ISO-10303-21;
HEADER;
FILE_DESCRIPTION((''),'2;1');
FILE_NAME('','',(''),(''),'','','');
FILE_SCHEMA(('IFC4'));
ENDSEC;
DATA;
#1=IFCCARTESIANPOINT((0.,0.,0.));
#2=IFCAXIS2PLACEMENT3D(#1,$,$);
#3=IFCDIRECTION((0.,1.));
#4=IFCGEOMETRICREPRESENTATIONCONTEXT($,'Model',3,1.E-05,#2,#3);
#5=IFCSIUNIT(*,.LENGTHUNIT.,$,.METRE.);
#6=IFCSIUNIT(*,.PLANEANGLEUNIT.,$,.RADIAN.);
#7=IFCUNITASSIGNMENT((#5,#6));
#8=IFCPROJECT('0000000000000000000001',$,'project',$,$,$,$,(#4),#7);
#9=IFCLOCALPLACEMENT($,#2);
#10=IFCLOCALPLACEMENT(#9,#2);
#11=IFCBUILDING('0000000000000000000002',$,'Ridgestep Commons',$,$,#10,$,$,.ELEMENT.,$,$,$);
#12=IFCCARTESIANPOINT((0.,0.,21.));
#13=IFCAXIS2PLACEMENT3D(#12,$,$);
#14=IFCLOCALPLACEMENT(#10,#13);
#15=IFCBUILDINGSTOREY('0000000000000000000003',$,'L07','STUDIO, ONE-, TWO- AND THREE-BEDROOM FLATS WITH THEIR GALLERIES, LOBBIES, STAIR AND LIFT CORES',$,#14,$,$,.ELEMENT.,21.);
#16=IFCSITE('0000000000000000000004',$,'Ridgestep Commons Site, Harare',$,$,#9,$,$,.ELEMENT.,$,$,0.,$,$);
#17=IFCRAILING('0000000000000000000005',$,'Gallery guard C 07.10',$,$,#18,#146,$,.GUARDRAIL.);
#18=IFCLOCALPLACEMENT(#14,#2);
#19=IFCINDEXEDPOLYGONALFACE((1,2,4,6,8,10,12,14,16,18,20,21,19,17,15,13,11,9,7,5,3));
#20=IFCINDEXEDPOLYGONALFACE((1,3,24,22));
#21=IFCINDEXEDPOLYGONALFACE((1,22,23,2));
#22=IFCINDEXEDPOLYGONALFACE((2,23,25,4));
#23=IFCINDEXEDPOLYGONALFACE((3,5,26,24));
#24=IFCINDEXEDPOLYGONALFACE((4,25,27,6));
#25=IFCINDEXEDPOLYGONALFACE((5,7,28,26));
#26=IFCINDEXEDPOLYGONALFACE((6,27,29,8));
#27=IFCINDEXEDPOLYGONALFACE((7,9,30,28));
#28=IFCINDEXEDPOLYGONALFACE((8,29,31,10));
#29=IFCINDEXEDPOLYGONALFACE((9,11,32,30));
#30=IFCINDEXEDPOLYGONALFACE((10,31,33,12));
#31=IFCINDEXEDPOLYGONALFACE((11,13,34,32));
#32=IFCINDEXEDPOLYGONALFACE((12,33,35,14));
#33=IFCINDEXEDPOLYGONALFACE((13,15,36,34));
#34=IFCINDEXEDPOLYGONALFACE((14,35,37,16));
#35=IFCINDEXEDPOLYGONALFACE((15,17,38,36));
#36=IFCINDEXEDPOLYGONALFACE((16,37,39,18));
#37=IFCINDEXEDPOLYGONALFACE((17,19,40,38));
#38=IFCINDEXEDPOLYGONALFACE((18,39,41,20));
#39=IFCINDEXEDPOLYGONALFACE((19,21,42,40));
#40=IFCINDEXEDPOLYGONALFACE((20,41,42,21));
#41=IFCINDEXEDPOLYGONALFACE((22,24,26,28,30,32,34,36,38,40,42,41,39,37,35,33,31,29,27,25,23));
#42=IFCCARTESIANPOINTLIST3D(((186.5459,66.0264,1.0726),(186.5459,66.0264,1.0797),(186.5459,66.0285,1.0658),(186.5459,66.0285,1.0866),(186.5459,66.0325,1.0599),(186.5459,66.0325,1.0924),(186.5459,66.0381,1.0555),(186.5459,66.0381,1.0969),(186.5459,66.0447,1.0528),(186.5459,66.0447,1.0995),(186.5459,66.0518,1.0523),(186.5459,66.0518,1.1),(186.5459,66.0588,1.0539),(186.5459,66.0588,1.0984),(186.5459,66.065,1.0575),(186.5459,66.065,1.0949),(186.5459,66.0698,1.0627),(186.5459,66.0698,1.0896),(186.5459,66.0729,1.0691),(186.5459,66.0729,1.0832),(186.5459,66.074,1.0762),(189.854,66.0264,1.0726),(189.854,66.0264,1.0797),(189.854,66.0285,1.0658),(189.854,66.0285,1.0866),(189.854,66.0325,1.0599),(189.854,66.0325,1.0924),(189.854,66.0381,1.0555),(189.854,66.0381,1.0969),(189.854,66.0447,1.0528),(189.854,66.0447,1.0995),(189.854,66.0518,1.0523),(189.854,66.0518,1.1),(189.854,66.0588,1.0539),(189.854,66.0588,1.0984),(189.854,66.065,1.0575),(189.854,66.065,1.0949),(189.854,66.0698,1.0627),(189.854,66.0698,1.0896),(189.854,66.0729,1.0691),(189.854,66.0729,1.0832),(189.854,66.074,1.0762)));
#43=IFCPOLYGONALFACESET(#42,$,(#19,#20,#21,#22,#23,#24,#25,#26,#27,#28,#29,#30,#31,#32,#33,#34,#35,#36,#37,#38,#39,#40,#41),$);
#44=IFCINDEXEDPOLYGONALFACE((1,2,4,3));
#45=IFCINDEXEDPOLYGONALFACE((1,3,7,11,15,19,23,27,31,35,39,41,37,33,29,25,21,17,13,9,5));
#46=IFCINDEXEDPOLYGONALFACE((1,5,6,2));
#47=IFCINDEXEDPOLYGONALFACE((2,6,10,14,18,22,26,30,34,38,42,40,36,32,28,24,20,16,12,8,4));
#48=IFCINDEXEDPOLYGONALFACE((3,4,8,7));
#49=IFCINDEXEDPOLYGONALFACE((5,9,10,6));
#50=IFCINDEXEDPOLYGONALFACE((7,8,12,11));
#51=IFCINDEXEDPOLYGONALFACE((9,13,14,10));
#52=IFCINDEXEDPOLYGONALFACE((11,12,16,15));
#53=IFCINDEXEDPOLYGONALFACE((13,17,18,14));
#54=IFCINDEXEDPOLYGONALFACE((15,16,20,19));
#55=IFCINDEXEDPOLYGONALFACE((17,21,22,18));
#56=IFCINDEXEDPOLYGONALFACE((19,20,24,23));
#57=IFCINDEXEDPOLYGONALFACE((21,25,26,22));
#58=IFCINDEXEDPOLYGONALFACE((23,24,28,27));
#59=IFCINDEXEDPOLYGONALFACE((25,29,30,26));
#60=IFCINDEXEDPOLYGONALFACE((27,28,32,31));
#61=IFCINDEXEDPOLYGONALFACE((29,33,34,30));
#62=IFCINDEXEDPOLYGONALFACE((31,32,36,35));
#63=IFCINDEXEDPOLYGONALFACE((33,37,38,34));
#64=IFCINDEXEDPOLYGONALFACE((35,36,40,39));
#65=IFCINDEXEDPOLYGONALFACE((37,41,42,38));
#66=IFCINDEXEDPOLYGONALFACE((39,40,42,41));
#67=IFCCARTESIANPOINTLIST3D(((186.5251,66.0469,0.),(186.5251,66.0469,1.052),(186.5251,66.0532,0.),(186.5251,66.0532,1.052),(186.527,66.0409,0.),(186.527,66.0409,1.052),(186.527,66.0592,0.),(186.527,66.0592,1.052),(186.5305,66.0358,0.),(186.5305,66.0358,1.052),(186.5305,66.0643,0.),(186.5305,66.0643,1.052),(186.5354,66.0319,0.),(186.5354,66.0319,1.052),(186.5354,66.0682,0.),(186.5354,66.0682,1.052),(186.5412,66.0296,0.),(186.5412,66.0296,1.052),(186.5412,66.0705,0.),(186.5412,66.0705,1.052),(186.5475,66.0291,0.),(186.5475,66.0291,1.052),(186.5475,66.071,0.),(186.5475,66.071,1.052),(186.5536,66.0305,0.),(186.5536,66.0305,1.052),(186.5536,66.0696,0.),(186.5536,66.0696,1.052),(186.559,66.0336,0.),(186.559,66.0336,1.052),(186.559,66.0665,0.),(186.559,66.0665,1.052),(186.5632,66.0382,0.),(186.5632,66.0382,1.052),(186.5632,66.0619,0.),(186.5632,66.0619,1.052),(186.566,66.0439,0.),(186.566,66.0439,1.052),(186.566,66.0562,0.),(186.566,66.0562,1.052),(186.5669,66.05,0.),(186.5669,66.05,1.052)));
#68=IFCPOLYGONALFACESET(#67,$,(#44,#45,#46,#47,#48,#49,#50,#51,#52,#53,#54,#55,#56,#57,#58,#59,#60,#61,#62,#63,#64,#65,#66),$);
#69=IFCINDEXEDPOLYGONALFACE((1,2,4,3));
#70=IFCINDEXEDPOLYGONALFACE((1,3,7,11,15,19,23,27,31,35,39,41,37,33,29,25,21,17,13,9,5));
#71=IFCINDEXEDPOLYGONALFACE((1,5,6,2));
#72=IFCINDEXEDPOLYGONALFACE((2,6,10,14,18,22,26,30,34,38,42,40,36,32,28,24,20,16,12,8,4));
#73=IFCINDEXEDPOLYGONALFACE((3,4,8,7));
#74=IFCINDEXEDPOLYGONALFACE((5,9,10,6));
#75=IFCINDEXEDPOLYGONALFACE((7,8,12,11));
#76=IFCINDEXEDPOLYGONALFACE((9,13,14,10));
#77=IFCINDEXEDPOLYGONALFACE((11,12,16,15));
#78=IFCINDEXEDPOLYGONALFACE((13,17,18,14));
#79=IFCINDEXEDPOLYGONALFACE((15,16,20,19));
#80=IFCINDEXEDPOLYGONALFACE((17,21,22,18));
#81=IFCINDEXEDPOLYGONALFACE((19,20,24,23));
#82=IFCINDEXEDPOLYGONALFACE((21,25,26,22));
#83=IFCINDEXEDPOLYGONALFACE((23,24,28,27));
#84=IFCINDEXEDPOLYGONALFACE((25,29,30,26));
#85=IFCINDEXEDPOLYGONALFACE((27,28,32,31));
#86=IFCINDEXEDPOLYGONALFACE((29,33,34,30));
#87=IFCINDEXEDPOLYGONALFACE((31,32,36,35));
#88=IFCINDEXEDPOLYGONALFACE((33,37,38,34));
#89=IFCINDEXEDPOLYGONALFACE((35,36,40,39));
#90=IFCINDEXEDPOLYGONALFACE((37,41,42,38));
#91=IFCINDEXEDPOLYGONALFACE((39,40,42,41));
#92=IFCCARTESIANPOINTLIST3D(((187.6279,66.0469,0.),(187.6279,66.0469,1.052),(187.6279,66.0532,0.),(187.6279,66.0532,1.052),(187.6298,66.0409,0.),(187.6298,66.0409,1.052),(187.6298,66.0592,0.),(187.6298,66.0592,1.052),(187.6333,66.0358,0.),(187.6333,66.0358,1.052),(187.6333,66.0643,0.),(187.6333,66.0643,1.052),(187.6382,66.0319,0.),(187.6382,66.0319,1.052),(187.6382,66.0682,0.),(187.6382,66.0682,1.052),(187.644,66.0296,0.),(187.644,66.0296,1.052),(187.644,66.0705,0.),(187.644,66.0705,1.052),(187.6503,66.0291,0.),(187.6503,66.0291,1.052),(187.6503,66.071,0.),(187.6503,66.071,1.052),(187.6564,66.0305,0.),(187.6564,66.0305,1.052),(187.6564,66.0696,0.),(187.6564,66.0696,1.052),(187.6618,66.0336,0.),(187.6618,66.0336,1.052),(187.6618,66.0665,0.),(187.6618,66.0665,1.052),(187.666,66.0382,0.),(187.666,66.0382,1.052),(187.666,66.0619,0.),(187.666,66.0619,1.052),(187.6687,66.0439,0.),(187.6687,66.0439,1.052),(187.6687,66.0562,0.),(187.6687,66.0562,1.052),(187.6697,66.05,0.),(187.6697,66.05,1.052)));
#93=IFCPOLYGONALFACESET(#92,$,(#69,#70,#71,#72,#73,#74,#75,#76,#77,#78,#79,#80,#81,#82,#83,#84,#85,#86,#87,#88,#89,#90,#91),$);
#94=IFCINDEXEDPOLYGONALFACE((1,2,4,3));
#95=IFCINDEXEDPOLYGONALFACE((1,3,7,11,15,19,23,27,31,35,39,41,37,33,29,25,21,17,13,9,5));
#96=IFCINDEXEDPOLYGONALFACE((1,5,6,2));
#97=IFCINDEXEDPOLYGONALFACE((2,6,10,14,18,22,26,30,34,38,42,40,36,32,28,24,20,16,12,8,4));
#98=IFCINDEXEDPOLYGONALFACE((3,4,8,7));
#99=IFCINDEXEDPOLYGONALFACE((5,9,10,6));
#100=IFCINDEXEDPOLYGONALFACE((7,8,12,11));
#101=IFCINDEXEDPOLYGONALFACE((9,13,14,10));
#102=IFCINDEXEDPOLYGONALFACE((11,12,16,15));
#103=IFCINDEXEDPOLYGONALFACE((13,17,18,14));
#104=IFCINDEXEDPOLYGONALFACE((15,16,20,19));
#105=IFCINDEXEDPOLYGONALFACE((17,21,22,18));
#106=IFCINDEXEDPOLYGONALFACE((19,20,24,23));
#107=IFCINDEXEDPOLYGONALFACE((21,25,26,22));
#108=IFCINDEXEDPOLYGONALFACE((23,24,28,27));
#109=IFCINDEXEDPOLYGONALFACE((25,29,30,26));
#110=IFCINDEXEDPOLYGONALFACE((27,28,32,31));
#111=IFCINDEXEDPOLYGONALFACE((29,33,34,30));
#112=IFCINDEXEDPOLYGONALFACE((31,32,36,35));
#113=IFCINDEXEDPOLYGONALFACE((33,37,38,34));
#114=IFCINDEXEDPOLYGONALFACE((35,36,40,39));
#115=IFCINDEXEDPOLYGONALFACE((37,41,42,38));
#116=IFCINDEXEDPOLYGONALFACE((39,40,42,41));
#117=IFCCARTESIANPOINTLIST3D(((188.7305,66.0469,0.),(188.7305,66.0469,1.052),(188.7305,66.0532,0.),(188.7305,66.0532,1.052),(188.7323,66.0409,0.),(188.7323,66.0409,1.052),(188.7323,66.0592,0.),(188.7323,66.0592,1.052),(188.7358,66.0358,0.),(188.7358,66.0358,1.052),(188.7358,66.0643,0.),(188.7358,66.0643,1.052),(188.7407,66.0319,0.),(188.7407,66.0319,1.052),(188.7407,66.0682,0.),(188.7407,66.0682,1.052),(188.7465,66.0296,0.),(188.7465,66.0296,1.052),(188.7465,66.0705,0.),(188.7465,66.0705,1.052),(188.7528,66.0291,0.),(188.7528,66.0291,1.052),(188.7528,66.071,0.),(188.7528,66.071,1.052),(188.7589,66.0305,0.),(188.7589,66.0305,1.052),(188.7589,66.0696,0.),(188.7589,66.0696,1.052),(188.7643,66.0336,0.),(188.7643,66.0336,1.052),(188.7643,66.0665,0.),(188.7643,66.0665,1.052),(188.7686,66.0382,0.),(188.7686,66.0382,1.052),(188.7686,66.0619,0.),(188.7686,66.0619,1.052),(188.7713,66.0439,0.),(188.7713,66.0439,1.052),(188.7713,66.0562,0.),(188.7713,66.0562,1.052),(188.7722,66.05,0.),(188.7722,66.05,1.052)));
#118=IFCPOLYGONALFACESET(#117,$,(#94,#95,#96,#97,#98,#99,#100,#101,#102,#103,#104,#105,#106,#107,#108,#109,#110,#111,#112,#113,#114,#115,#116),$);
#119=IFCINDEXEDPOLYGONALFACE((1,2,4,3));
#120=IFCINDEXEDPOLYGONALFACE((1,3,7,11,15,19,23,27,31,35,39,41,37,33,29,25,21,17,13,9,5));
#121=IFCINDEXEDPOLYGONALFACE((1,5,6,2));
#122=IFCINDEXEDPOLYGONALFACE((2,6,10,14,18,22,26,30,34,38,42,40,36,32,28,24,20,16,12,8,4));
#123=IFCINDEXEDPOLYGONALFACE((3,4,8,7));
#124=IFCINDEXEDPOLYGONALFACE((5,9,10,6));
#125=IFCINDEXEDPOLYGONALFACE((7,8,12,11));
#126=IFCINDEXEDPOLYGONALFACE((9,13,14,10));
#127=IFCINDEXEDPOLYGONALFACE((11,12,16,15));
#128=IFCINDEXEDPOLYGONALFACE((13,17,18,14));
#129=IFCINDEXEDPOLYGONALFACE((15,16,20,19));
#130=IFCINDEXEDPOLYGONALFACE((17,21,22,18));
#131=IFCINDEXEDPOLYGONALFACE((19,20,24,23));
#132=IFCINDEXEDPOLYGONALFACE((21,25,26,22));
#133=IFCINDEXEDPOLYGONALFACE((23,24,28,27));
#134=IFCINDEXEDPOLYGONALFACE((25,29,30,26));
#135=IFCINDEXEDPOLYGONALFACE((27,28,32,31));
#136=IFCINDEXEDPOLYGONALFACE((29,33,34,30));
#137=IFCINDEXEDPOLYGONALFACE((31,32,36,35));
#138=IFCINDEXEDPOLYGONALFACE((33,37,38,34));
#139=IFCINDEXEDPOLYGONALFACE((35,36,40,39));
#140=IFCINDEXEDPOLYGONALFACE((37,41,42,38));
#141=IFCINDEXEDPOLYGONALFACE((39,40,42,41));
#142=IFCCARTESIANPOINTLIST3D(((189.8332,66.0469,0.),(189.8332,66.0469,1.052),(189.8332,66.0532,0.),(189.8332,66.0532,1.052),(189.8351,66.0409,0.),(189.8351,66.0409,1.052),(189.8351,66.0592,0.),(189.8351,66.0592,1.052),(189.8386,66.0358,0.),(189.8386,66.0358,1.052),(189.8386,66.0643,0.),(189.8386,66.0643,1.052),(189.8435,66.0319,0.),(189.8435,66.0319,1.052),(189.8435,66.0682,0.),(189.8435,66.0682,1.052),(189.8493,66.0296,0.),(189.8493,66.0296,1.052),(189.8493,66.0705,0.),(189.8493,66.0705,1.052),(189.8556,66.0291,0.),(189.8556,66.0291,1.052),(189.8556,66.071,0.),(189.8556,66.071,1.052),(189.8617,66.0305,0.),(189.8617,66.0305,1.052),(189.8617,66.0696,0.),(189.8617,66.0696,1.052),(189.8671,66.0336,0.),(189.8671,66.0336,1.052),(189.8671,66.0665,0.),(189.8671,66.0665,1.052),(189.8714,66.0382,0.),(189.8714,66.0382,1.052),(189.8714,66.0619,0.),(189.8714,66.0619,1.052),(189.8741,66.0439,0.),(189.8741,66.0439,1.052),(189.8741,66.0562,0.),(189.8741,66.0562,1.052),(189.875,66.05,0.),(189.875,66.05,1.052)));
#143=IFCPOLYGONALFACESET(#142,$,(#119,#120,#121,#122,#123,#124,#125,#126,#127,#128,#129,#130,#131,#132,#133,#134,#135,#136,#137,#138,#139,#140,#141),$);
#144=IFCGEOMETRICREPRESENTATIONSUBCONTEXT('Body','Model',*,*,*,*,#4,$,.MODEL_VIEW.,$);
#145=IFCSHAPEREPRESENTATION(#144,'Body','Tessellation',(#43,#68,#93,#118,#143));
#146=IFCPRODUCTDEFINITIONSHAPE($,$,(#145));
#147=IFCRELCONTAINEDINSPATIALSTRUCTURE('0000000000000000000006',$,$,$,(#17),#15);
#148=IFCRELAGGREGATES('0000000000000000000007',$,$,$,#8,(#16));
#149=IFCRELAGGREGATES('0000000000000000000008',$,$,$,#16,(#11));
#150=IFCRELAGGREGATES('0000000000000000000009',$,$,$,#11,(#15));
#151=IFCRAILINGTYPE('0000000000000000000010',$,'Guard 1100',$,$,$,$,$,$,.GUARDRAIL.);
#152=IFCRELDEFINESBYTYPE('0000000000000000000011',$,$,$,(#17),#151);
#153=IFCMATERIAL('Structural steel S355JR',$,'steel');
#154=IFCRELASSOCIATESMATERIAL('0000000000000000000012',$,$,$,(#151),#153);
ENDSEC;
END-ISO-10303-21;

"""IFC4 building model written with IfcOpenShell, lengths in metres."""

from ifc_helpers import new_model, si_unit, direction, frame, origin, origin_2d, place, context, subcontext, project, spatial, circle, extrude, material, type_object, element, save


model = new_model("IFC4")

# Units and contexts
model_context = context("Model", 3, precision=1e-05, world=origin(), true_north=direction((0.0, 1.0)))
body_context = subcontext(model_context, "Body", "Model", "MODEL_VIEW")
ifc_project = project(units=[si_unit("LENGTHUNIT", "METRE"), si_unit("PLANEANGLEUNIT", "RADIAN")], contexts=[model_context])

# Site, building, storey
site_placement = place(None, origin())
site = spatial("IfcSite", under=ifc_project, at=site_placement, Name="Ridgestep Commons Site, Harare", CompositionType="ELEMENT", RefElevation=0.0)
building_placement = place(site_placement, origin())
building = spatial("IfcBuilding", under=site, at=building_placement, Name="Ridgestep Commons", CompositionType="ELEMENT")
storey_placement = place(building_placement, frame((0.0, 0.0, 21.0)))
storey = spatial("IfcBuildingStorey", under=building, at=storey_placement, Name="L07", Description="STUDIO, ONE-, TWO- AND THREE-BEDROOM FLATS WITH THEIR GALLERIES, LOBBIES, STAIR AND LIFT CORES", CompositionType="ELEMENT", Elevation=21.0)

# Railing
ifc_material_1 = material(Name="Structural steel S355JR", Category="steel")
railing_type = type_object("IfcRailingType", Name="Guard 1100", PredefinedType="GUARDRAIL", material=ifc_material_1)
for number, where, name in (
    (1, (186.5459, 66.05, 0.0), "Gallery guard C 07.10"),
):
    element("IfcRailing", number, at=place(storey_placement, frame(where)), inside=storey, type_object=railing_type, Name=name, PredefinedType="GUARDRAIL", context=body_context, shape_type="SweptSolid", body=[
        extrude(circle(Radius=0.0239, at=origin_2d()), frame((0.0, 0.0, 1.0762), z_axis=(1.0, 0.0, 0.0), x_axis=(0.0, 1.0, 0.0)), (0.0, 0.0, 1.0), 3.3081),
        extrude(circle(Radius=0.021, at=origin_2d()), origin(), (0.0, 0.0, 1.0), 1.052),
        extrude(circle(Radius=0.021, at=origin_2d()), frame((1.1028, 0.0, 0.0)), (0.0, 0.0, 1.0), 1.052),
        extrude(circle(Radius=0.021, at=origin_2d()), frame((2.2053, 0.0, 0.0)), (0.0, 0.0, 1.0), 1.052),
        extrude(circle(Radius=0.021, at=origin_2d()), frame((3.3081, 0.0, 0.0)), (0.0, 0.0, 1.0), 1.052),
    ])

save(model, "model.ifc")
